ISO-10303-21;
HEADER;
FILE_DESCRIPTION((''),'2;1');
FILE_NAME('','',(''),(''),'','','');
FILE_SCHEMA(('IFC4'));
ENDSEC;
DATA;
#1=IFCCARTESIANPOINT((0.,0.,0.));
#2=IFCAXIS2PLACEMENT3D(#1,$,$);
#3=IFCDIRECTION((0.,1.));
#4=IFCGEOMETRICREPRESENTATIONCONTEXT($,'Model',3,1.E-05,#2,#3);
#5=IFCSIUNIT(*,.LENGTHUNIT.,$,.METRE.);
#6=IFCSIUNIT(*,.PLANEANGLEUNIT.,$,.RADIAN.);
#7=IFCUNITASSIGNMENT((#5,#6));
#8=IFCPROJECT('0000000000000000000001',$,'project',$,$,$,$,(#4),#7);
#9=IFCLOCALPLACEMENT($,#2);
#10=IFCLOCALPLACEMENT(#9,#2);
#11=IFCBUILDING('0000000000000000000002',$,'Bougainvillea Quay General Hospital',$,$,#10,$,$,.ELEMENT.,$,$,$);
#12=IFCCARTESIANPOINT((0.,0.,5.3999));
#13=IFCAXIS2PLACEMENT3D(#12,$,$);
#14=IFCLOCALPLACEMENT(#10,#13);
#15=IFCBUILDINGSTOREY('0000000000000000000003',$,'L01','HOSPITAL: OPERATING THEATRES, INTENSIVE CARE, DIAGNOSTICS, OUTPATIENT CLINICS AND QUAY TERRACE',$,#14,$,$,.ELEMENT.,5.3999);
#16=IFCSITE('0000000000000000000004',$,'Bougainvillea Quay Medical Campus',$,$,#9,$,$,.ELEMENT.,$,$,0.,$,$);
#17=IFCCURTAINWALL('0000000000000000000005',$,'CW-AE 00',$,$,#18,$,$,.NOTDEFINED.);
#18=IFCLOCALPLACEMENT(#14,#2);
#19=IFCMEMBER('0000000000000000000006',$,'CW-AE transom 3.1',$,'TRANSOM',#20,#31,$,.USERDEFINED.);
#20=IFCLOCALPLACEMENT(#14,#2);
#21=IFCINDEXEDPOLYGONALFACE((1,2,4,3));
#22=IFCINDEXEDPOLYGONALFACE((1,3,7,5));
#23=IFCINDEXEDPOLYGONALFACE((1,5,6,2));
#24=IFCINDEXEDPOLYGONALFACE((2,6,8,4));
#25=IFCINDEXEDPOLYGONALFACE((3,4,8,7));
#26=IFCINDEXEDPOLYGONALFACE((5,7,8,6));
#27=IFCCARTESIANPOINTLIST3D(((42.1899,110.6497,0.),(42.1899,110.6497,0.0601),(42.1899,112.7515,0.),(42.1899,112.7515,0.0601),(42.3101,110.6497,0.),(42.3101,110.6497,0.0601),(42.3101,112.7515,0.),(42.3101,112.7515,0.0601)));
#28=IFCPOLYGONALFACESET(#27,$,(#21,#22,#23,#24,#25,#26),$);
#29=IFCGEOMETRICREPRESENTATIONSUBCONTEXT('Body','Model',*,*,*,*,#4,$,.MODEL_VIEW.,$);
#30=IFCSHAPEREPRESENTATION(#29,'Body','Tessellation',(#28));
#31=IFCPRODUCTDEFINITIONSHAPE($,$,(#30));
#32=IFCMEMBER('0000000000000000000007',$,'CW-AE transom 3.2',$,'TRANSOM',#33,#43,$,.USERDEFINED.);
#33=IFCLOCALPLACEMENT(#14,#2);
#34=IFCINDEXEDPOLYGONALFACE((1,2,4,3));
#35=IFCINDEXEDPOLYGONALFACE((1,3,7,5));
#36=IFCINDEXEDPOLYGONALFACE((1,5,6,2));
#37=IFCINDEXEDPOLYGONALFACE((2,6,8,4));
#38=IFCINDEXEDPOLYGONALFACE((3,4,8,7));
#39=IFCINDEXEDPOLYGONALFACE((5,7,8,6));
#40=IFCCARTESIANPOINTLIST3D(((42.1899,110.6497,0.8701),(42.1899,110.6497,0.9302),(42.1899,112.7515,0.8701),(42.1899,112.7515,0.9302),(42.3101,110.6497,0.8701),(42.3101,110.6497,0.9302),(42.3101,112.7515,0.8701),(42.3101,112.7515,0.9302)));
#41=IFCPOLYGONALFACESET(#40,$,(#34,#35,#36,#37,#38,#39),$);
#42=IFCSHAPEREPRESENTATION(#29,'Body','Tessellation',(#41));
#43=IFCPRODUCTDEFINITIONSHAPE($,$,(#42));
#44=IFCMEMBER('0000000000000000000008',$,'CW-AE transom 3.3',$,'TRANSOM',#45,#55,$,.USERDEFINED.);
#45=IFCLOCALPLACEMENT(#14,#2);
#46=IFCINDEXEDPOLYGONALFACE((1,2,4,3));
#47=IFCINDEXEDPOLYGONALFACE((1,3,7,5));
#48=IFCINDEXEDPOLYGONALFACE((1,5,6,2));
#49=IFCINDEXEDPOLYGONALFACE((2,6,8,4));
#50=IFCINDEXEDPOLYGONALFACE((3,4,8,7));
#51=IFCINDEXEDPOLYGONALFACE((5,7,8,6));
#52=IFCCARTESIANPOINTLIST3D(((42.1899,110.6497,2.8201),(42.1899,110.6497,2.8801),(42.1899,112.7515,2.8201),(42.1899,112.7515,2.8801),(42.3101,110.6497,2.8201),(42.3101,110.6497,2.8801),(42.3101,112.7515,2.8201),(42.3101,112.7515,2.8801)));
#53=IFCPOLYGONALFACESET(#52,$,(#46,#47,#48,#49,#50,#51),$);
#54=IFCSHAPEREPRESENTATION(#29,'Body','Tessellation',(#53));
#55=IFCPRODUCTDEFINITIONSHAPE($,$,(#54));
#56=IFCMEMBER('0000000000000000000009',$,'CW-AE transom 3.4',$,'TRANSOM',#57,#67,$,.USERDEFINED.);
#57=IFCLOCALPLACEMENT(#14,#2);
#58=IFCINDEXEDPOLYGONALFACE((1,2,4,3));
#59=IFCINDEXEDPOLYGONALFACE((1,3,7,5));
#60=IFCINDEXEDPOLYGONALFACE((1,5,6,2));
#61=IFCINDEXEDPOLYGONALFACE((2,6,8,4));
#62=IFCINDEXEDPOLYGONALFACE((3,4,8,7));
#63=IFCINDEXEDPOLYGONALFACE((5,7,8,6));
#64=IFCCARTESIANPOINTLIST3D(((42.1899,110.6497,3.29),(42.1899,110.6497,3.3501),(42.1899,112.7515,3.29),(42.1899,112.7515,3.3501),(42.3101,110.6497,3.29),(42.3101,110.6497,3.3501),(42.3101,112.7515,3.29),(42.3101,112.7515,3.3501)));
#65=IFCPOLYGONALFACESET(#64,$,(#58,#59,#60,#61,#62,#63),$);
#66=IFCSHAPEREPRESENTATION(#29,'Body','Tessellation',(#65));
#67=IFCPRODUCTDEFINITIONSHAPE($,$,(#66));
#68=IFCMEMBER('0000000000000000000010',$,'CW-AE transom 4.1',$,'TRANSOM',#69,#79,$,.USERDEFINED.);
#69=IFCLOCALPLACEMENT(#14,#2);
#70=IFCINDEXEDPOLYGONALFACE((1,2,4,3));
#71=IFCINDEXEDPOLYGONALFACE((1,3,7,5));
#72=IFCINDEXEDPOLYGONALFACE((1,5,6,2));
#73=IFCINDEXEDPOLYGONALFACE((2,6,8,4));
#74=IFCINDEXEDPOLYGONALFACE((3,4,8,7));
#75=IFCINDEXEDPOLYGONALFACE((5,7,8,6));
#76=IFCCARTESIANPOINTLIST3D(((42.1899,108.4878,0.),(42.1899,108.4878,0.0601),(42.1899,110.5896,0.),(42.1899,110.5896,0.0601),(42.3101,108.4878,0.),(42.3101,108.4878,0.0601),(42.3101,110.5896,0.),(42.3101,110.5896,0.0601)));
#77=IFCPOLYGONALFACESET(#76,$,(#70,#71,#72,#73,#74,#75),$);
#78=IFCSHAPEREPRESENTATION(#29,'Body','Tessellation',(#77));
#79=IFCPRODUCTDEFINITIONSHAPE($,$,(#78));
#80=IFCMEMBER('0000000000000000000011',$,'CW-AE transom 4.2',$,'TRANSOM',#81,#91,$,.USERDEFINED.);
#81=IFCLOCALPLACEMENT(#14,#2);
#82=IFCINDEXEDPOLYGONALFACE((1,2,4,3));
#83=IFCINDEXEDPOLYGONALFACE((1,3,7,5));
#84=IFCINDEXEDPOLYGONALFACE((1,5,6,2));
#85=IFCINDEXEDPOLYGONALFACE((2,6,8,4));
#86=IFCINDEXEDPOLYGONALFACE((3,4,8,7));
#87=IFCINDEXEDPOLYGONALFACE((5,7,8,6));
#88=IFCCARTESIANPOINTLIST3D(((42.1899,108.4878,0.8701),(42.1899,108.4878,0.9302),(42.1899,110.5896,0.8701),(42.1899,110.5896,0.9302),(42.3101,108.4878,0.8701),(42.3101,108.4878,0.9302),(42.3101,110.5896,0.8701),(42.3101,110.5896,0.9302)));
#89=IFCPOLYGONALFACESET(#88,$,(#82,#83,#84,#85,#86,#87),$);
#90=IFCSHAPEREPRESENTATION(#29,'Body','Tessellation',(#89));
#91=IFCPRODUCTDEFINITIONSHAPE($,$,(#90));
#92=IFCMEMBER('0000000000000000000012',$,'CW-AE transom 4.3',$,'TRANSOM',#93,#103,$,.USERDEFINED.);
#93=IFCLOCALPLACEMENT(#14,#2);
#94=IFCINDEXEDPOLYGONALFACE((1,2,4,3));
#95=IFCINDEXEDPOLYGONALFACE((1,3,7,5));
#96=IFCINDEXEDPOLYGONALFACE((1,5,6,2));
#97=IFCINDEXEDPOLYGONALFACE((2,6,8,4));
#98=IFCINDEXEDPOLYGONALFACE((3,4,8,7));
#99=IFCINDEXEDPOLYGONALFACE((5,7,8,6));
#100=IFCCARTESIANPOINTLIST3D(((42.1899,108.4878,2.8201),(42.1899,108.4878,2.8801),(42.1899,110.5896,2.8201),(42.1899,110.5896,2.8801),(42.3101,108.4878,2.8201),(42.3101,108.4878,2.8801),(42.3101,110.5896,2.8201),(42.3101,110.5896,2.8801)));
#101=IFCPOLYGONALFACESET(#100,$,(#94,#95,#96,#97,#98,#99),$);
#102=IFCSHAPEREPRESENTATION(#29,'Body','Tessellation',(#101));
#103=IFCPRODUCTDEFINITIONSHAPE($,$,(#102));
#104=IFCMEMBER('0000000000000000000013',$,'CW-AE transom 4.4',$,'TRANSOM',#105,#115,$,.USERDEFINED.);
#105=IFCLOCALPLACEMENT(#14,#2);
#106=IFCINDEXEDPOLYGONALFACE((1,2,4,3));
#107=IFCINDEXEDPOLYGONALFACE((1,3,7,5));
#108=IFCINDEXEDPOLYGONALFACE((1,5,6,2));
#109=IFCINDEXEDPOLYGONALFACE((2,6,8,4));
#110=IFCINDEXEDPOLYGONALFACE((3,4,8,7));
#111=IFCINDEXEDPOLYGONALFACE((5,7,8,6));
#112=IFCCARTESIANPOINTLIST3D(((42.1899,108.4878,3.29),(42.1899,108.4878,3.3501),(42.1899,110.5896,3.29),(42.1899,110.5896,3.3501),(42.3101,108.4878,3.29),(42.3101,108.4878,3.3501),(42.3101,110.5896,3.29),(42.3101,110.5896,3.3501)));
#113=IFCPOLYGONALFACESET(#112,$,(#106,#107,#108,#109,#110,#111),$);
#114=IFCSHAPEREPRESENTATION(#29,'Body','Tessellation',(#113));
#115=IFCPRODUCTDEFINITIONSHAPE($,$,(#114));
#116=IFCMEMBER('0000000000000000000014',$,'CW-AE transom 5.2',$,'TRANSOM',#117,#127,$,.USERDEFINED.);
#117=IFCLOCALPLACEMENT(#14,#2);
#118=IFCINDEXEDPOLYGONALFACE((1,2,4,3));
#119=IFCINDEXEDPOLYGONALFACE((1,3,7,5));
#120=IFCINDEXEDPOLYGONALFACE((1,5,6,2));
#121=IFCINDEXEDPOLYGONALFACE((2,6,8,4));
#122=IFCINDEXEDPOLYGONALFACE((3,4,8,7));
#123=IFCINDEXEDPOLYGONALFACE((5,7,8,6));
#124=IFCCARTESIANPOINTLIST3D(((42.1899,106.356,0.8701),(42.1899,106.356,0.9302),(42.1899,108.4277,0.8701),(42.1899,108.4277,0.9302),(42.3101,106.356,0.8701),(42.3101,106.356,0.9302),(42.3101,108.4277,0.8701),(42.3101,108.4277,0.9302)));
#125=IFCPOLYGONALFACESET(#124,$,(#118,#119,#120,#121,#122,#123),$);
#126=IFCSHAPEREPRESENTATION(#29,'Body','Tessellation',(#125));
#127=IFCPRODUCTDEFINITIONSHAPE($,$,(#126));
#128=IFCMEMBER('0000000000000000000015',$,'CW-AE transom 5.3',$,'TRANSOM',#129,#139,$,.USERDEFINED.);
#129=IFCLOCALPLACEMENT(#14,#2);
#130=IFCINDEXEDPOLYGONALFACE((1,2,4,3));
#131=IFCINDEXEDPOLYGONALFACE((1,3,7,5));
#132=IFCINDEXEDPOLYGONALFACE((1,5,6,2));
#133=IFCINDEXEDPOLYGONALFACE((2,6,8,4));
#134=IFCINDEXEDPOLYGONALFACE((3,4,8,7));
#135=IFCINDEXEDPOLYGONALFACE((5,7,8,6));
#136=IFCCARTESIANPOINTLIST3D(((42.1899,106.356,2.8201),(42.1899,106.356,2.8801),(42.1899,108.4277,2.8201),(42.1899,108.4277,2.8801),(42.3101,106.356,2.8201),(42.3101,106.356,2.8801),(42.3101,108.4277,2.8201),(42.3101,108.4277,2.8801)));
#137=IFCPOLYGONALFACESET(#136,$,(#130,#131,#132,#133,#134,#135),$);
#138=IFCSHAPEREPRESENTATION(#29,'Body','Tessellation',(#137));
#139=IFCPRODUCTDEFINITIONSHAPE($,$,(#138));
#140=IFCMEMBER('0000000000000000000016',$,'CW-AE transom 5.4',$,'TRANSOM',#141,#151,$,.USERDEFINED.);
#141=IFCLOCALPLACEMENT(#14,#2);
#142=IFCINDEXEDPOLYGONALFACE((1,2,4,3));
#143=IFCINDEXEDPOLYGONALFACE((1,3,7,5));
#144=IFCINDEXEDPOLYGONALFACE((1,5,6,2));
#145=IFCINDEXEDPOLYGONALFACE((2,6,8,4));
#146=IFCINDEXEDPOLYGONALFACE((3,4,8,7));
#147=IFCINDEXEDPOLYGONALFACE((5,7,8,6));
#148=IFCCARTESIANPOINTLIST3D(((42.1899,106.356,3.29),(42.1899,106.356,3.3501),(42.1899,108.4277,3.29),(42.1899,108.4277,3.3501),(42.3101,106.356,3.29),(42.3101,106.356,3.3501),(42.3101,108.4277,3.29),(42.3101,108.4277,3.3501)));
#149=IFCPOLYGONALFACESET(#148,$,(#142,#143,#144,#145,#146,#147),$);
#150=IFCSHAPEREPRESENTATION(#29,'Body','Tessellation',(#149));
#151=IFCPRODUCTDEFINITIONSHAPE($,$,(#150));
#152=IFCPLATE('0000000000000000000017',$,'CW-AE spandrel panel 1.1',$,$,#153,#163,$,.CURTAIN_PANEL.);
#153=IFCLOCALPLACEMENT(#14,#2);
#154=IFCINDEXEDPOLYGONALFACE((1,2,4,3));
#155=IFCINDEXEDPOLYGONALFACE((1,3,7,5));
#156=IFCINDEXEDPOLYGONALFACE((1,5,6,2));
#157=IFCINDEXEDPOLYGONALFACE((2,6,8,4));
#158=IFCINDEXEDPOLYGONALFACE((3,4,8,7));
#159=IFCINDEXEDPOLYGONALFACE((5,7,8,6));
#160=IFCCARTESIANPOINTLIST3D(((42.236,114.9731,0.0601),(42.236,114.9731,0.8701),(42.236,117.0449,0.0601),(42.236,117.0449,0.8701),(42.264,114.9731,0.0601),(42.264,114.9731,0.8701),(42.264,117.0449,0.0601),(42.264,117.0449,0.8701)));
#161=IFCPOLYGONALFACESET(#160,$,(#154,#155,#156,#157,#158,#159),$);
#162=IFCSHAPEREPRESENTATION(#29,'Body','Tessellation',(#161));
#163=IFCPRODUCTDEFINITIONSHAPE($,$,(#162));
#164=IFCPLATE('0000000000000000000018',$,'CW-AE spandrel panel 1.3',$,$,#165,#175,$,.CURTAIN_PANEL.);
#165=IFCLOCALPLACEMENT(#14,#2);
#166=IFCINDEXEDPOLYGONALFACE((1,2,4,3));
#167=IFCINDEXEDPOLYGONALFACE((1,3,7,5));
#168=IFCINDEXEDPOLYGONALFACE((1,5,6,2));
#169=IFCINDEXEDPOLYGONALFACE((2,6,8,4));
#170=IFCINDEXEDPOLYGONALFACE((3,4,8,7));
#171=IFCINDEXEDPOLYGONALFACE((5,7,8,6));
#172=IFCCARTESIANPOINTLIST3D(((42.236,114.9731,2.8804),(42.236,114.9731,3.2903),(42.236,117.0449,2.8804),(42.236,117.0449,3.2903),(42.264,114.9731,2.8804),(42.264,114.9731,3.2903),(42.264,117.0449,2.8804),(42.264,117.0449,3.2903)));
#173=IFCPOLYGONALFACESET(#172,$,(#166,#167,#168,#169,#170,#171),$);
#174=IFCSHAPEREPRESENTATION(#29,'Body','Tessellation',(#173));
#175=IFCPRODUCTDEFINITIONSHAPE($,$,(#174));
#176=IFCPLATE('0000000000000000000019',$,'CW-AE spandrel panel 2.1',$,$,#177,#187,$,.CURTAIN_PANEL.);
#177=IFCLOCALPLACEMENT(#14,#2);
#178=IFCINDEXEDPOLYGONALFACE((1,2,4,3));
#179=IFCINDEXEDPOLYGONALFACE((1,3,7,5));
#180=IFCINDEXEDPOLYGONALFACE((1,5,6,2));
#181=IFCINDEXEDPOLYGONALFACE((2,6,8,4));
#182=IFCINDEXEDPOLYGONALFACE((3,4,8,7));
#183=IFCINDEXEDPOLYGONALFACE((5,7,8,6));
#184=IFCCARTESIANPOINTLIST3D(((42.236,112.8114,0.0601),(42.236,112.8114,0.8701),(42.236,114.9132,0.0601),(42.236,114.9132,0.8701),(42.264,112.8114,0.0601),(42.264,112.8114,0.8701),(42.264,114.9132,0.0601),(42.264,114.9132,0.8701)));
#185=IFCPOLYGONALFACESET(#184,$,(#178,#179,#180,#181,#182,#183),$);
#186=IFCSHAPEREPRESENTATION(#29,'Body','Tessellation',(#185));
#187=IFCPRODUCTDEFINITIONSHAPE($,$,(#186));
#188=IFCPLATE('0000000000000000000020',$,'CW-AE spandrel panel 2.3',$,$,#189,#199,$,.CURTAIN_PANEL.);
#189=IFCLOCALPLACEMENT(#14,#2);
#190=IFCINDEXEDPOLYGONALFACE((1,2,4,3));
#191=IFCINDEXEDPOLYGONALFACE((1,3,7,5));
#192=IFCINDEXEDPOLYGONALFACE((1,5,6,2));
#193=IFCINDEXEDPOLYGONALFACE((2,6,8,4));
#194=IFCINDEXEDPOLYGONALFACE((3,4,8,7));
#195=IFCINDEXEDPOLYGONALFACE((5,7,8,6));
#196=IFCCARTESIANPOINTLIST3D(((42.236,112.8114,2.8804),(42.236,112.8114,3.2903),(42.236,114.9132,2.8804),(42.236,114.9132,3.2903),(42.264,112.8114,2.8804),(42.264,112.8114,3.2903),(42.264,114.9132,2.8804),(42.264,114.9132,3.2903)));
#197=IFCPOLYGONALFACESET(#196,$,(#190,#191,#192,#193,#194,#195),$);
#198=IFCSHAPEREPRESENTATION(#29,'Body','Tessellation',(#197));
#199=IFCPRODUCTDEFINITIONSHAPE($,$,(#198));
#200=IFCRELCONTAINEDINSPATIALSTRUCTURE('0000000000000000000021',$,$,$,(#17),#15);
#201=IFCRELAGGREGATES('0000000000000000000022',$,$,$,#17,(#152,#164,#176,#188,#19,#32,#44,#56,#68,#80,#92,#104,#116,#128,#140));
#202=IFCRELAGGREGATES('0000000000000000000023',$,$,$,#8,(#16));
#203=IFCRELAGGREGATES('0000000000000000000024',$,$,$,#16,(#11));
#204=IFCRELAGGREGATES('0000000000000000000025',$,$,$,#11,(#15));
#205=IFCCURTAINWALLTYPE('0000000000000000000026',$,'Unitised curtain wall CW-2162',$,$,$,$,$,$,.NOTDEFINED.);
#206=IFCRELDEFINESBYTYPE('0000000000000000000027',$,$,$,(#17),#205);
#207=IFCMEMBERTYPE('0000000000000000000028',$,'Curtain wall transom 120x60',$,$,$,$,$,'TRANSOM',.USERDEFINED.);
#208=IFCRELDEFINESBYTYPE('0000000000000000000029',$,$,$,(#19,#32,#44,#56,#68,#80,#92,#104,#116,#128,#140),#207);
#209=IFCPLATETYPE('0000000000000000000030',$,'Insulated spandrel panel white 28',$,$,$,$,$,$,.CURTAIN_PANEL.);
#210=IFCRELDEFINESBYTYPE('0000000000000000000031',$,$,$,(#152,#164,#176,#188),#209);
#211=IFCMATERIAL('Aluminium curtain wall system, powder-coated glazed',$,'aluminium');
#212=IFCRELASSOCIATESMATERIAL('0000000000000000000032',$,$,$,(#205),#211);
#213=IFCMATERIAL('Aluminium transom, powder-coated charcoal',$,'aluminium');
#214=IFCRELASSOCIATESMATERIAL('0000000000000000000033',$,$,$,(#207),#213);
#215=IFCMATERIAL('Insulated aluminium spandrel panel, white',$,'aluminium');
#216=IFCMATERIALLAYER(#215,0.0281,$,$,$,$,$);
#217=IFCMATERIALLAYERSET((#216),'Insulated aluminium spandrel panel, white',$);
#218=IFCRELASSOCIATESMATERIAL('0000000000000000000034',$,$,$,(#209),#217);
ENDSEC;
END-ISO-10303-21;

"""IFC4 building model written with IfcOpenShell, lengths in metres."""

from ifc_helpers import new_model, si_unit, direction, frame, origin, origin_2d, place, context, subcontext, project, spatial, rectangle, extrude, material, layer, layer_set, material_profile, profile_set, type_object, element, aggregate, save


model = new_model("IFC4")

# Units and contexts
model_context = context("Model", 3, precision=1e-05, world=origin(), true_north=direction((0.0, 1.0)))
body_context = subcontext(model_context, "Body", "Model", "MODEL_VIEW")
ifc_project = project(units=[si_unit("LENGTHUNIT", "METRE"), si_unit("PLANEANGLEUNIT", "RADIAN")], contexts=[model_context])

# Site, building, storey
site_placement = place(None, origin())
site = spatial("IfcSite", under=ifc_project, at=site_placement, Name="Bougainvillea Quay Medical Campus", CompositionType="ELEMENT", RefElevation=0.0)
building_placement = place(site_placement, origin())
building = spatial("IfcBuilding", under=site, at=building_placement, Name="Bougainvillea Quay General Hospital", CompositionType="ELEMENT")
storey_placement = place(building_placement, frame((0.0, 0.0, 5.3999)))
storey = spatial("IfcBuildingStorey", under=building, at=storey_placement, Name="L01", Description="HOSPITAL: OPERATING THEATRES, INTENSIVE CARE, DIAGNOSTICS, OUTPATIENT CLINICS AND QUAY TERRACE", CompositionType="ELEMENT", Elevation=5.3999)

# Curtain wall, members, plates
ifc_material_1 = material(Name="Aluminium curtain wall system, powder-coated glazed", Category="aluminium")
curtain_wall_type = type_object("IfcCurtainWallType", Name="Unitised curtain wall CW-2162", PredefinedType="NOTDEFINED", material=ifc_material_1)
curtain_wall_placement = place(storey_placement, origin())
curtain_wall = element("IfcCurtainWall", 1, at=curtain_wall_placement, inside=storey, type_object=curtain_wall_type, Name="CW-AE 00", PredefinedType="NOTDEFINED")
ifc_material_2 = material(Name="Aluminium transom, powder-coated charcoal", Category="aluminium")
ifc_material_profile_1 = material_profile(ifc_material_2, rectangle(XDim=0.1201, YDim=0.0601, at=origin_2d()))
ifc_profile_set_1 = profile_set([ifc_material_profile_1], Name="Aluminium transom, powder-coated charcoal")
member_type_1 = type_object("IfcMemberType", Name="Curtain wall transom 120x60", ElementType="TRANSOM", PredefinedType="USERDEFINED", material=ifc_profile_set_1)
member_1_placement = place(storey_placement, frame((42.25, 112.7515, 0.03), z_axis=(0.0, -1.0, 0.0), x_axis=(1.0, 0.0, 0.0)))
member_1 = element("IfcMember", 2, at=member_1_placement, type_object=member_type_1, Name="CW-AE transom 3.1", ObjectType="TRANSOM", PredefinedType="USERDEFINED", context=body_context, shape_type="SweptSolid", body=[
    extrude(rectangle(XDim=0.1201, YDim=0.0601, at=origin_2d()), origin(), (0.0, 0.0, 1.0), 2.1018),
])
member_2_placement = place(storey_placement, frame((42.25, 112.7515, 0.9001), z_axis=(0.0, -1.0, 0.0), x_axis=(1.0, 0.0, 0.0)))
member_2 = element("IfcMember", 3, at=member_2_placement, type_object=member_type_1, Name="CW-AE transom 3.2", ObjectType="TRANSOM", PredefinedType="USERDEFINED", context=body_context, shape_type="SweptSolid", body=[
    extrude(rectangle(XDim=0.1201, YDim=0.0601, at=origin_2d()), origin(), (0.0, 0.0, 1.0), 2.1018),
])
member_3_placement = place(storey_placement, frame((42.25, 112.7515, 2.8501), z_axis=(0.0, -1.0, 0.0), x_axis=(1.0, 0.0, 0.0)))
member_3 = element("IfcMember", 4, at=member_3_placement, type_object=member_type_1, Name="CW-AE transom 3.3", ObjectType="TRANSOM", PredefinedType="USERDEFINED", context=body_context, shape_type="SweptSolid", body=[
    extrude(rectangle(XDim=0.1201, YDim=0.0601, at=origin_2d()), origin(), (0.0, 0.0, 1.0), 2.1018),
])
member_4_placement = place(storey_placement, frame((42.25, 112.7515, 3.3201), z_axis=(0.0, -1.0, 0.0), x_axis=(1.0, 0.0, 0.0)))
member_4 = element("IfcMember", 5, at=member_4_placement, type_object=member_type_1, Name="CW-AE transom 3.4", ObjectType="TRANSOM", PredefinedType="USERDEFINED", context=body_context, shape_type="SweptSolid", body=[
    extrude(rectangle(XDim=0.1201, YDim=0.0601, at=origin_2d()), origin(), (0.0, 0.0, 1.0), 2.1018),
])
member_5_placement = place(storey_placement, frame((42.25, 110.5896, 0.03), z_axis=(0.0, -1.0, 0.0), x_axis=(1.0, 0.0, 0.0)))
member_5 = element("IfcMember", 6, at=member_5_placement, type_object=member_type_1, Name="CW-AE transom 4.1", ObjectType="TRANSOM", PredefinedType="USERDEFINED", context=body_context, shape_type="SweptSolid", body=[
    extrude(rectangle(XDim=0.1201, YDim=0.0601, at=origin_2d()), origin(), (0.0, 0.0, 1.0), 2.1018),
])
member_6_placement = place(storey_placement, frame((42.25, 110.5896, 0.9001), z_axis=(0.0, -1.0, 0.0), x_axis=(1.0, 0.0, 0.0)))
member_6 = element("IfcMember", 7, at=member_6_placement, type_object=member_type_1, Name="CW-AE transom 4.2", ObjectType="TRANSOM", PredefinedType="USERDEFINED", context=body_context, shape_type="SweptSolid", body=[
    extrude(rectangle(XDim=0.1201, YDim=0.0601, at=origin_2d()), origin(), (0.0, 0.0, 1.0), 2.1018),
])
member_7_placement = place(storey_placement, frame((42.25, 110.5896, 2.8501), z_axis=(0.0, -1.0, 0.0), x_axis=(1.0, 0.0, 0.0)))
member_7 = element("IfcMember", 8, at=member_7_placement, type_object=member_type_1, Name="CW-AE transom 4.3", ObjectType="TRANSOM", PredefinedType="USERDEFINED", context=body_context, shape_type="SweptSolid", body=[
    extrude(rectangle(XDim=0.1201, YDim=0.0601, at=origin_2d()), origin(), (0.0, 0.0, 1.0), 2.1018),
])
member_8_placement = place(storey_placement, frame((42.25, 110.5896, 3.3201), z_axis=(0.0, -1.0, 0.0), x_axis=(1.0, 0.0, 0.0)))
member_8 = element("IfcMember", 9, at=member_8_placement, type_object=member_type_1, Name="CW-AE transom 4.4", ObjectType="TRANSOM", PredefinedType="USERDEFINED", context=body_context, shape_type="SweptSolid", body=[
    extrude(rectangle(XDim=0.1201, YDim=0.0601, at=origin_2d()), origin(), (0.0, 0.0, 1.0), 2.1018),
])
member_9_placement = place(storey_placement, frame((42.25, 108.4277, 0.9001), z_axis=(0.0, -1.0, 0.0), x_axis=(1.0, 0.0, 0.0)))
member_9 = element("IfcMember", 10, at=member_9_placement, type_object=member_type_1, Name="CW-AE transom 5.2", ObjectType="TRANSOM", PredefinedType="USERDEFINED", context=body_context, shape_type="SweptSolid", body=[
    extrude(rectangle(XDim=0.1201, YDim=0.0601, at=origin_2d()), origin(), (0.0, 0.0, 1.0), 2.0718),
])
member_10_placement = place(storey_placement, frame((42.25, 108.4277, 2.8501), z_axis=(0.0, -1.0, 0.0), x_axis=(1.0, 0.0, 0.0)))
member_10 = element("IfcMember", 11, at=member_10_placement, type_object=member_type_1, Name="CW-AE transom 5.3", ObjectType="TRANSOM", PredefinedType="USERDEFINED", context=body_context, shape_type="SweptSolid", body=[
    extrude(rectangle(XDim=0.1201, YDim=0.0601, at=origin_2d()), origin(), (0.0, 0.0, 1.0), 2.0718),
])
member_11_placement = place(storey_placement, frame((42.25, 108.4277, 3.3201), z_axis=(0.0, -1.0, 0.0), x_axis=(1.0, 0.0, 0.0)))
member_11 = element("IfcMember", 12, at=member_11_placement, type_object=member_type_1, Name="CW-AE transom 5.4", ObjectType="TRANSOM", PredefinedType="USERDEFINED", context=body_context, shape_type="SweptSolid", body=[
    extrude(rectangle(XDim=0.1201, YDim=0.0601, at=origin_2d()), origin(), (0.0, 0.0, 1.0), 2.0718),
])
ifc_material_3 = material(Name="Insulated aluminium spandrel panel, white", Category="aluminium")
ifc_layer_1 = layer(ifc_material_3, 0.0281)
ifc_layer_set_1 = layer_set([ifc_layer_1], Name="Insulated aluminium spandrel panel, white")
plate_type_1 = type_object("IfcPlateType", Name="Insulated spandrel panel white 28", PredefinedType="CURTAIN_PANEL", material=ifc_layer_set_1)
plate_1_placement = place(storey_placement, frame((42.25, 116.009, 0.0601), z_axis=(0.0, 0.0, 1.0), x_axis=(0.0, -1.0, 0.0)))
plate_1 = element("IfcPlate", 13, at=plate_1_placement, type_object=plate_type_1, Name="CW-AE spandrel panel 1.1", PredefinedType="CURTAIN_PANEL", context=body_context, shape_type="SweptSolid", body=[
    extrude(rectangle(XDim=2.0718, YDim=0.0281, at=origin_2d()), origin(), (0.0, 0.0, 1.0), 0.8101),
])
plate_2_placement = place(storey_placement, frame((42.25, 116.009, 2.8804), z_axis=(0.0, 0.0, 1.0), x_axis=(0.0, -1.0, 0.0)))
plate_2 = element("IfcPlate", 14, at=plate_2_placement, type_object=plate_type_1, Name="CW-AE spandrel panel 1.3", PredefinedType="CURTAIN_PANEL", context=body_context, shape_type="SweptSolid", body=[
    extrude(rectangle(XDim=2.0718, YDim=0.0281, at=origin_2d()), origin(), (0.0, 0.0, 1.0), 0.4099),
])
plate_3_placement = place(storey_placement, frame((42.25, 113.8623, 0.0601), z_axis=(0.0, 0.0, 1.0), x_axis=(0.0, -1.0, 0.0)))
plate_3 = element("IfcPlate", 15, at=plate_3_placement, type_object=plate_type_1, Name="CW-AE spandrel panel 2.1", PredefinedType="CURTAIN_PANEL", context=body_context, shape_type="SweptSolid", body=[
    extrude(rectangle(XDim=2.1018, YDim=0.0281, at=origin_2d()), origin(), (0.0, 0.0, 1.0), 0.8101),
])
plate_4_placement = place(storey_placement, frame((42.25, 113.8623, 2.8804), z_axis=(0.0, 0.0, 1.0), x_axis=(0.0, -1.0, 0.0)))
plate_4 = element("IfcPlate", 16, at=plate_4_placement, type_object=plate_type_1, Name="CW-AE spandrel panel 2.3", PredefinedType="CURTAIN_PANEL", context=body_context, shape_type="SweptSolid", body=[
    extrude(rectangle(XDim=2.1018, YDim=0.0281, at=origin_2d()), origin(), (0.0, 0.0, 1.0), 0.4099),
])
aggregate(curtain_wall, [plate_1, plate_2, plate_3, plate_4, member_1, member_2, member_3, member_4, member_5, member_6, member_7, member_8, member_9, member_10, member_11])

save(model, "model.ifc")
